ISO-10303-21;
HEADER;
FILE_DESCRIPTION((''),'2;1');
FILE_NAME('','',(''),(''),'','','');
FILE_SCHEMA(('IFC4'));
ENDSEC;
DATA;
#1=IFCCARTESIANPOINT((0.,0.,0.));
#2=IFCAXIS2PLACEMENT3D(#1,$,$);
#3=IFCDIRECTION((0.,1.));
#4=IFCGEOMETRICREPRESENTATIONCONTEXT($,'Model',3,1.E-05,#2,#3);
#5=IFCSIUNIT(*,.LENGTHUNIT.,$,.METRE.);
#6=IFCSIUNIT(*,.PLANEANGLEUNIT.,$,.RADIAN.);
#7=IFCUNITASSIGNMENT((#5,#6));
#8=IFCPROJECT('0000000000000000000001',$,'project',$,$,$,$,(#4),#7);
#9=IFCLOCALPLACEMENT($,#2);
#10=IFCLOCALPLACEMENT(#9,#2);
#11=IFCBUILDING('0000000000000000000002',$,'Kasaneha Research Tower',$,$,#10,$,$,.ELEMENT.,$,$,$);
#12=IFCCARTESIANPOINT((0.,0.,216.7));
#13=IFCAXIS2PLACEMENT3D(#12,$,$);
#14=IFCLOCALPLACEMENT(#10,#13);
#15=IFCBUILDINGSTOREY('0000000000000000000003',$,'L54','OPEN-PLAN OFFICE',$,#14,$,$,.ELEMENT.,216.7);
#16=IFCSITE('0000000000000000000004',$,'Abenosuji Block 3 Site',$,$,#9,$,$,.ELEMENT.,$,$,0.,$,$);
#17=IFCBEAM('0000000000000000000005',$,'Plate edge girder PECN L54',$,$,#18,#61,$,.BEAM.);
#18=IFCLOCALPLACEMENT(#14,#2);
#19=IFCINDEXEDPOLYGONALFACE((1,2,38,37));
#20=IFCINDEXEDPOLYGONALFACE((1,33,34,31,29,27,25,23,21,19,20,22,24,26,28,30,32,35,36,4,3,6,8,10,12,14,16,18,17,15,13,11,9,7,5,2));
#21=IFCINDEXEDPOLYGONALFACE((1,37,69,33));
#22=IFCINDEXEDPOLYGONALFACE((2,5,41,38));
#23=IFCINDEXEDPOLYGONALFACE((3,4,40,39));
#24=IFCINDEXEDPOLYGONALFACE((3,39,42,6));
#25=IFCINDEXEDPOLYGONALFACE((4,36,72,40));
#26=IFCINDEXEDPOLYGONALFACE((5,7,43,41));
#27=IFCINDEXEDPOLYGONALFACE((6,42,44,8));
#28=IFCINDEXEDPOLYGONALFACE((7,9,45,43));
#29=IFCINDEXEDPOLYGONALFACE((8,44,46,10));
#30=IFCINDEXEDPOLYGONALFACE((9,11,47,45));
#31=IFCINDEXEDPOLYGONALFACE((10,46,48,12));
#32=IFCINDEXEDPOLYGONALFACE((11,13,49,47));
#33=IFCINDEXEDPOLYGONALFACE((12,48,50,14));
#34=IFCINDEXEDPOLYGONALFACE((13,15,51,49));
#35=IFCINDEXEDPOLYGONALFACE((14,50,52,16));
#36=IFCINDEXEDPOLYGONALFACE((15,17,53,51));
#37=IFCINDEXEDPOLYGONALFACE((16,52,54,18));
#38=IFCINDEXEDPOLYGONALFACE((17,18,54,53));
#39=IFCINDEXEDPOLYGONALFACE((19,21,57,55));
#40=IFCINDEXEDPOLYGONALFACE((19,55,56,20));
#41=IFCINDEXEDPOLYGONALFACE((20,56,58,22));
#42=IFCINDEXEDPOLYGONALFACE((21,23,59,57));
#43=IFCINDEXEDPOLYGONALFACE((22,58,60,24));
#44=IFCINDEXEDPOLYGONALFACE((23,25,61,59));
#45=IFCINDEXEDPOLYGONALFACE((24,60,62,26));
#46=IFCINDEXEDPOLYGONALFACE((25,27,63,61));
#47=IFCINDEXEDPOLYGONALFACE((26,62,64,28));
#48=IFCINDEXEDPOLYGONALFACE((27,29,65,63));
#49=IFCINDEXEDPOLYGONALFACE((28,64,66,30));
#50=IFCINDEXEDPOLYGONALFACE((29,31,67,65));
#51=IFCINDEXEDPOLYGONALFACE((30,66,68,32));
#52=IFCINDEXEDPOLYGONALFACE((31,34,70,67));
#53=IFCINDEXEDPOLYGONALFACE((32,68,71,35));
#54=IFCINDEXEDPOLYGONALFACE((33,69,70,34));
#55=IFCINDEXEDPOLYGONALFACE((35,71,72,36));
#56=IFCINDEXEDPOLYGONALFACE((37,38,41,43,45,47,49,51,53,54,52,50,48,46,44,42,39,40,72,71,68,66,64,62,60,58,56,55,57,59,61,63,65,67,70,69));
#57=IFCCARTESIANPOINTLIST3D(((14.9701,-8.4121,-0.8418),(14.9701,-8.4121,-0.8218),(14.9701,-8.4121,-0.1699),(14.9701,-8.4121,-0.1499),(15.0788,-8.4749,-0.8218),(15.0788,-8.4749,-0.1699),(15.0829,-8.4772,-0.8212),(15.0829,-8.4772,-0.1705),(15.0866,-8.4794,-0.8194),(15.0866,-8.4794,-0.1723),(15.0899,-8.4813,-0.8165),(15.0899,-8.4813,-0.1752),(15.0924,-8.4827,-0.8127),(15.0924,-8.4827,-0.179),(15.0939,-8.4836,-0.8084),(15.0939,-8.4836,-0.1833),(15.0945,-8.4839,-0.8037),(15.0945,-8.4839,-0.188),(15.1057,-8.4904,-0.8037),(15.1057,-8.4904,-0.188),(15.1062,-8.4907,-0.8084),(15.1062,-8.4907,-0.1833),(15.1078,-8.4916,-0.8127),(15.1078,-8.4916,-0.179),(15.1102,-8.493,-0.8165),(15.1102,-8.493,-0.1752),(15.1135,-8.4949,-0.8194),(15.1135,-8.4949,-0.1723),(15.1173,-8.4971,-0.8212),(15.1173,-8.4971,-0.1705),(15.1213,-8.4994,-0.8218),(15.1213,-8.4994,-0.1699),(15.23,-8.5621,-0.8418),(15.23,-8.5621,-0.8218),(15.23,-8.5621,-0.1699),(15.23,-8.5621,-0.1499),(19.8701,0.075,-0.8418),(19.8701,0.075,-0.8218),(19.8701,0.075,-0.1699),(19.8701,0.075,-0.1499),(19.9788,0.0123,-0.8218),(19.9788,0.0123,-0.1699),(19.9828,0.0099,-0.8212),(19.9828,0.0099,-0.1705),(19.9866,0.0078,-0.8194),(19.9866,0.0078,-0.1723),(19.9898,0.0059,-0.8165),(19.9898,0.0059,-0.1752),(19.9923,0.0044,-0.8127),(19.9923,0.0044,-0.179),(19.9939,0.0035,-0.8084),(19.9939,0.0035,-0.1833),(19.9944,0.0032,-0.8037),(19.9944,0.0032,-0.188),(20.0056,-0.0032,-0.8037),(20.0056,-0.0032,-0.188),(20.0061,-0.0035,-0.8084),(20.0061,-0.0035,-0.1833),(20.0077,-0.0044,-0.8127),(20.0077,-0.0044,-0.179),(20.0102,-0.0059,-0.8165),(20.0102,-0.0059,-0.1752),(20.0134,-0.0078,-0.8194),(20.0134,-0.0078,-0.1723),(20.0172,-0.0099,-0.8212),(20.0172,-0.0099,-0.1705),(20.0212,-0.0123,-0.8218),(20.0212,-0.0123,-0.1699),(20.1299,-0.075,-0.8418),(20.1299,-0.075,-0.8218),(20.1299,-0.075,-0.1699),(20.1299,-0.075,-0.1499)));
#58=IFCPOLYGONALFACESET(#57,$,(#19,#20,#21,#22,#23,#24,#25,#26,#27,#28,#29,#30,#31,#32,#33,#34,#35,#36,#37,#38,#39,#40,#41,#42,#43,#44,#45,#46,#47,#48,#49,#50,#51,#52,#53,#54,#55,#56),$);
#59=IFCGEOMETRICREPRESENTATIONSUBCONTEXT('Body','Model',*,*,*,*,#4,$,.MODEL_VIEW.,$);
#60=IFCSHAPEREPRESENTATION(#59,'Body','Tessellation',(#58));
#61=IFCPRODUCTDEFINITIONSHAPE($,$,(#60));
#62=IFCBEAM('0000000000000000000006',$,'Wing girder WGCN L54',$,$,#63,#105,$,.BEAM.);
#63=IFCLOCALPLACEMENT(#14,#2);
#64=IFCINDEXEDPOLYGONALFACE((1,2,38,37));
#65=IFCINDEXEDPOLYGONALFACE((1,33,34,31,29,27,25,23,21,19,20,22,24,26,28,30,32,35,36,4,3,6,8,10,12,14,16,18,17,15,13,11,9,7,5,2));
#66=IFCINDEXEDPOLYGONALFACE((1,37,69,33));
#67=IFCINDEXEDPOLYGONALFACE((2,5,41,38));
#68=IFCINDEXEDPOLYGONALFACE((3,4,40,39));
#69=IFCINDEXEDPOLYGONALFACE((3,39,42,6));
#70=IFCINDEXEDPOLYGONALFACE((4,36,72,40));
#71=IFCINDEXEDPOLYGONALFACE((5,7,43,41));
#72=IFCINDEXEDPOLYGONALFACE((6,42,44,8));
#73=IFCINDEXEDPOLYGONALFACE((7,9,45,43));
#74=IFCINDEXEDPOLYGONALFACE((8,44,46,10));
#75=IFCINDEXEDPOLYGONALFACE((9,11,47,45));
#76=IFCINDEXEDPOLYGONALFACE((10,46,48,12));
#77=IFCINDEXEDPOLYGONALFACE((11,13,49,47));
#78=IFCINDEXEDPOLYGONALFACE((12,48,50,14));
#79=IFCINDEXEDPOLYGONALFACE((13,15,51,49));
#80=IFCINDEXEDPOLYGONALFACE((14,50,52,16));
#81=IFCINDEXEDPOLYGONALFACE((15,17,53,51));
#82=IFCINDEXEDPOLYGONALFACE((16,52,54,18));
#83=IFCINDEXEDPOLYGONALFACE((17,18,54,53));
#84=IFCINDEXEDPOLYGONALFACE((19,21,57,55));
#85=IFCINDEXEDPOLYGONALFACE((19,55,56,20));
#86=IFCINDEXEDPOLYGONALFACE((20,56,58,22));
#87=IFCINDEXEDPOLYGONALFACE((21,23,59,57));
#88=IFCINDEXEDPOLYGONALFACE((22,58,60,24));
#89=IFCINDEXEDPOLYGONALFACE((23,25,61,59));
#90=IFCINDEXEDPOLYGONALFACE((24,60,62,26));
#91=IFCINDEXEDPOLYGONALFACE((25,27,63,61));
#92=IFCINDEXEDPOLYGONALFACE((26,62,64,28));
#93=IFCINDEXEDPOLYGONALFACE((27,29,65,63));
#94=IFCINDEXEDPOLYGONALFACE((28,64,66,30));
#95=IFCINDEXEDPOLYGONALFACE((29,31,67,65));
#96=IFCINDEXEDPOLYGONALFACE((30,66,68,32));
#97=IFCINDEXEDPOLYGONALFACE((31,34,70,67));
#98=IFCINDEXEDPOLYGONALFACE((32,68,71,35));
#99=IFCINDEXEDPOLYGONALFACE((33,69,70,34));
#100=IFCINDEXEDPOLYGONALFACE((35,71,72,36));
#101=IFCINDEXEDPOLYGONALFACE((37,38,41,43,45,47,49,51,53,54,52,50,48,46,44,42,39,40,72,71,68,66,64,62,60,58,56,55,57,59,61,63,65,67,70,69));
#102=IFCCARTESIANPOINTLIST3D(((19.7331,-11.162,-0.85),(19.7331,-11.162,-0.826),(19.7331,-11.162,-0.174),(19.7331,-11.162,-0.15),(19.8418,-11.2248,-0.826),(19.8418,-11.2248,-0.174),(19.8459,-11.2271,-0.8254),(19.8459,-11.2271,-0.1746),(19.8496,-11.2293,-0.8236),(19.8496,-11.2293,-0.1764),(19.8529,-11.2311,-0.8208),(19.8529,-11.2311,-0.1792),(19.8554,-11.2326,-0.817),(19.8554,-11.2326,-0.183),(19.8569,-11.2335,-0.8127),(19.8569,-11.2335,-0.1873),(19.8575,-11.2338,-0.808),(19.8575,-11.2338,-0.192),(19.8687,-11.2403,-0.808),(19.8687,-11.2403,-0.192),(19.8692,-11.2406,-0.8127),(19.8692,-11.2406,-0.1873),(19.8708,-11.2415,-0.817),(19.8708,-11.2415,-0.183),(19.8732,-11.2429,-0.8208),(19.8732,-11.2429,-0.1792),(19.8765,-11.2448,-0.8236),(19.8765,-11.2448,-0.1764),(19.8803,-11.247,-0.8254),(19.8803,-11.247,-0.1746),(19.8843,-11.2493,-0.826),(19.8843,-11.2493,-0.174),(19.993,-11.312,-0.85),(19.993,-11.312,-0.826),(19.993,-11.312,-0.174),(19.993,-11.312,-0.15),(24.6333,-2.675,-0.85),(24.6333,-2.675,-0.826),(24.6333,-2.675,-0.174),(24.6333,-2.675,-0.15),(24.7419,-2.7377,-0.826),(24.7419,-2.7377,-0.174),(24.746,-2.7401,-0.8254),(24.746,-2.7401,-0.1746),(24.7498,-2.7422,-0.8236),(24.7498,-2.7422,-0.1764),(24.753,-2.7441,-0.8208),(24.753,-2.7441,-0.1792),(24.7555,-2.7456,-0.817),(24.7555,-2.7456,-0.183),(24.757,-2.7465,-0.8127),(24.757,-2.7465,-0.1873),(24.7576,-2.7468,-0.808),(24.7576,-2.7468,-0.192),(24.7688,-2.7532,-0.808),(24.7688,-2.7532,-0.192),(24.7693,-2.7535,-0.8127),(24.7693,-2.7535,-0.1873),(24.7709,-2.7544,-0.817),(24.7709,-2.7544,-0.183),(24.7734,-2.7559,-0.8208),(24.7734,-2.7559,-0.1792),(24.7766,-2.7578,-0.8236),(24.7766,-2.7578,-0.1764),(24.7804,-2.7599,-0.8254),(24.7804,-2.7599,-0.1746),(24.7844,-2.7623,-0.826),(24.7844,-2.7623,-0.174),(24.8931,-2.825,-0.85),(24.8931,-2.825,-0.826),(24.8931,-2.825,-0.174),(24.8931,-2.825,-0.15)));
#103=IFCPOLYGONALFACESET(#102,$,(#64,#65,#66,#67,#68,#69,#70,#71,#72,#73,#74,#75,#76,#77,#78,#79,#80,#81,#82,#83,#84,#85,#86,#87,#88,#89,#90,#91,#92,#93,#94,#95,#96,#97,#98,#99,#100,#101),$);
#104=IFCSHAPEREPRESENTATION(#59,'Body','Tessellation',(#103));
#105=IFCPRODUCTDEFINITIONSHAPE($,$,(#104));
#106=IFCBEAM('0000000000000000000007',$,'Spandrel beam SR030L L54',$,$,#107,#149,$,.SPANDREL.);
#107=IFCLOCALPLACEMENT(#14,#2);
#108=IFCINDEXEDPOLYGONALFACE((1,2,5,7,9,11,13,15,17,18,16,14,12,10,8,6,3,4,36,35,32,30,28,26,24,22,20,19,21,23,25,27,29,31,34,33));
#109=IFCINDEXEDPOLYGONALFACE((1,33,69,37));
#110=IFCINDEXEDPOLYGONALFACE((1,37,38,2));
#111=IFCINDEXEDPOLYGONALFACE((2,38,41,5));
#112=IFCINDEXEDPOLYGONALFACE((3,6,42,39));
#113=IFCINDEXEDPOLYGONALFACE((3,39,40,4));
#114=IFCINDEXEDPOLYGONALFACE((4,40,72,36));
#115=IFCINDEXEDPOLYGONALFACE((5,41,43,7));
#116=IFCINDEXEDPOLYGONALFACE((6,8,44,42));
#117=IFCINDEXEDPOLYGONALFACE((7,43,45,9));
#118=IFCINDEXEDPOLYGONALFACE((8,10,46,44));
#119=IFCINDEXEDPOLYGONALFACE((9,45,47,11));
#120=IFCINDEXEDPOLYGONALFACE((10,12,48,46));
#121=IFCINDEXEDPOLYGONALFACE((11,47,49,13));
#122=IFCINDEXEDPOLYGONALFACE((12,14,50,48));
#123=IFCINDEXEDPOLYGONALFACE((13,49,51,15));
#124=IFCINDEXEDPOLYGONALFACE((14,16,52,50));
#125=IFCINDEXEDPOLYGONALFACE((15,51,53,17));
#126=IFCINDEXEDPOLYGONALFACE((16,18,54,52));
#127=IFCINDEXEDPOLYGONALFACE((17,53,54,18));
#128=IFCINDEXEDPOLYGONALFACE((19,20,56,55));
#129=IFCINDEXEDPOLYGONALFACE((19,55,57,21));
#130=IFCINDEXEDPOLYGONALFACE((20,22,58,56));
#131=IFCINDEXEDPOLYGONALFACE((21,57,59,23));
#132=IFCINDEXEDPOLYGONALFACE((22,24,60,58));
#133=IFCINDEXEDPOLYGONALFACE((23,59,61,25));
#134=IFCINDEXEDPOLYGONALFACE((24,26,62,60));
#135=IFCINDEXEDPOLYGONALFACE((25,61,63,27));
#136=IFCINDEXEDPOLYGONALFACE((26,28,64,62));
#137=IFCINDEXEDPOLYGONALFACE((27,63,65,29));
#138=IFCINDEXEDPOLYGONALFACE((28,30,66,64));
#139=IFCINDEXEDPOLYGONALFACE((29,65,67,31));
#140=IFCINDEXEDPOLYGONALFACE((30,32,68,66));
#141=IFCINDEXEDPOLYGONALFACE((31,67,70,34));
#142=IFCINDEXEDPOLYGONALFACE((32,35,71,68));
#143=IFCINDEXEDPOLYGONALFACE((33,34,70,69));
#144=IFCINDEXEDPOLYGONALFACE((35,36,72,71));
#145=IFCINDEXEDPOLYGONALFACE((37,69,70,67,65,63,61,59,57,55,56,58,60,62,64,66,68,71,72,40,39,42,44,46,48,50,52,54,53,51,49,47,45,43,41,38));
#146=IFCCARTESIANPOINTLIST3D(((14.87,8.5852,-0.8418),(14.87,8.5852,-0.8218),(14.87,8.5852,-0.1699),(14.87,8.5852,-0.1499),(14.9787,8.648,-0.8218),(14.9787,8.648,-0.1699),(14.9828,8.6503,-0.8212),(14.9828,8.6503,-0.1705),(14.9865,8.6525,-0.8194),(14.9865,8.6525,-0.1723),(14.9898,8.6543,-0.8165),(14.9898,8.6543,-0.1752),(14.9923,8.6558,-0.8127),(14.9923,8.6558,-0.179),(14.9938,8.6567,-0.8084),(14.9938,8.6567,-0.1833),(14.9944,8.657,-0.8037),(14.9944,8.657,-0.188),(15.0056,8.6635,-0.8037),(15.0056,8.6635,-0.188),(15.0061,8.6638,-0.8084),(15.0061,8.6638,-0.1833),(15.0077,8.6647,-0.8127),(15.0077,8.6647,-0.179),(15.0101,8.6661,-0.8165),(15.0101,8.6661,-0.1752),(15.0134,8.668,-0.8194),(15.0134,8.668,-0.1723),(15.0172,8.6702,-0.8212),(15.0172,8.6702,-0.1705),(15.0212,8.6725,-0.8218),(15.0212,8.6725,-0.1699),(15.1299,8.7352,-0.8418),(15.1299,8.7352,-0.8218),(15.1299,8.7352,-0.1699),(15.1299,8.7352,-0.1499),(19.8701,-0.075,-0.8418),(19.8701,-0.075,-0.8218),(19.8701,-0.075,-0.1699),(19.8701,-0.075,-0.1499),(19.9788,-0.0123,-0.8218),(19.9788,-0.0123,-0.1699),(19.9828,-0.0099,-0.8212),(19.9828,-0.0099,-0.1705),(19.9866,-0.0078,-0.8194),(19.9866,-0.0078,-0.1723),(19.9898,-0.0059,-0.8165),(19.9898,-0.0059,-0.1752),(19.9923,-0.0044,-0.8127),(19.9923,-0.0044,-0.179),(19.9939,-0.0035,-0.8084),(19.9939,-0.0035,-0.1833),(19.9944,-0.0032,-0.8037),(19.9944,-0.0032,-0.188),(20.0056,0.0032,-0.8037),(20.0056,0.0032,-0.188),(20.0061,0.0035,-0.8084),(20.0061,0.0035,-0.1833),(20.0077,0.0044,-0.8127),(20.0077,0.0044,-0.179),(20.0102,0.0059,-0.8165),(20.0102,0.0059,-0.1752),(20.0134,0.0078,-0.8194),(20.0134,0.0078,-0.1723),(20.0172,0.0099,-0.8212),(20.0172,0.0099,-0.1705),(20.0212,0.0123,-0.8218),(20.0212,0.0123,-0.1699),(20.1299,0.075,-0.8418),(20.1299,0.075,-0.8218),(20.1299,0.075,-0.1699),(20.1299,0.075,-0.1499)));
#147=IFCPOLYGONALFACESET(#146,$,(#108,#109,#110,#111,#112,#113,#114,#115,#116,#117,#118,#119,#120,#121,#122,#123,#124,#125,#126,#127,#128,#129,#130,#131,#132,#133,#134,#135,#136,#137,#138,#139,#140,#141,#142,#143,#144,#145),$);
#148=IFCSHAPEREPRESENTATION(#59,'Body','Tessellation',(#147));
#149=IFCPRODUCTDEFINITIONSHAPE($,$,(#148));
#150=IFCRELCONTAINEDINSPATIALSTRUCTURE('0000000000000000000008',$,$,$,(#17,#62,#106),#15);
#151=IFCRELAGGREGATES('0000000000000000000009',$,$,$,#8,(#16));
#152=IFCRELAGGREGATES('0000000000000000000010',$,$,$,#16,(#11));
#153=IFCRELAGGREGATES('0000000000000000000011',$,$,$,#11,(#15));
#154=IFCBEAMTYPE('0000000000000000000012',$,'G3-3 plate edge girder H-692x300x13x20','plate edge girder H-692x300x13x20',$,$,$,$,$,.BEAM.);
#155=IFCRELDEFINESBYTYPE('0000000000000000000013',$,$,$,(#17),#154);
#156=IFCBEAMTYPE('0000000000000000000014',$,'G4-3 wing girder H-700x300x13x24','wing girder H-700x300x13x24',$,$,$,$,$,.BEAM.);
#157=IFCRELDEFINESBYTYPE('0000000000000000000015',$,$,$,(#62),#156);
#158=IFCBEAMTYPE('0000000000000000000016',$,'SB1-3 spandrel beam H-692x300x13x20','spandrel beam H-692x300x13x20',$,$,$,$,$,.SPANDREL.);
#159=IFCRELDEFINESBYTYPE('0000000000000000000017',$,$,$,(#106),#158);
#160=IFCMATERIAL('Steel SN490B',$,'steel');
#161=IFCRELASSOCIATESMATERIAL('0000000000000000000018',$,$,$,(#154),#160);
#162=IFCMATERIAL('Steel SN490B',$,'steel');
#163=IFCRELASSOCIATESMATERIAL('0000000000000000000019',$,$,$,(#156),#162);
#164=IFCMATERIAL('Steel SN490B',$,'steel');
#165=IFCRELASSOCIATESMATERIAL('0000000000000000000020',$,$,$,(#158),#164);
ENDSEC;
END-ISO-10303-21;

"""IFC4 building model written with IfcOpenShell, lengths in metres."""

from ifc_helpers import new_model, si_unit, direction, frame, origin, origin_2d, place, context, subcontext, project, spatial, i_section, extrude, material, material_profile, profile_set, type_object, element, save


model = new_model("IFC4")

# Units and contexts
model_context = context("Model", 3, precision=1e-05, world=origin(), true_north=direction((0.0, 1.0)))
body_context = subcontext(model_context, "Body", "Model", "MODEL_VIEW")
ifc_project = project(units=[si_unit("LENGTHUNIT", "METRE"), si_unit("PLANEANGLEUNIT", "RADIAN")], contexts=[model_context])

# Site, building, storey
site_placement = place(None, origin())
site = spatial("IfcSite", under=ifc_project, at=site_placement, Name="Abenosuji Block 3 Site", CompositionType="ELEMENT", RefElevation=0.0)
building_placement = place(site_placement, origin())
building = spatial("IfcBuilding", under=site, at=building_placement, Name="Kasaneha Research Tower", CompositionType="ELEMENT")
storey_placement = place(building_placement, frame((0.0, 0.0, 216.7)))
storey = spatial("IfcBuildingStorey", under=building, at=storey_placement, Name="L54", Description="OPEN-PLAN OFFICE", CompositionType="ELEMENT", Elevation=216.7)

# Beams
ifc_material_1 = material(Name="Steel SN490B", Category="steel")
ifc_material_profile_1 = material_profile(ifc_material_1, i_section(OverallWidth=0.3, OverallDepth=0.6919, WebThickness=0.0129, FlangeThickness=0.02, FilletRadius=0.0181, at=origin_2d()), Name="H-692x300x13x20")
ifc_profile_set_1 = profile_set([ifc_material_profile_1], Name="Steel SN490B")
beam_type_1 = type_object("IfcBeamType", Name="G3-3 plate edge girder H-692x300x13x20", Description="plate edge girder H-692x300x13x20", PredefinedType="BEAM", material=ifc_profile_set_1)
beam_1_placement = place(storey_placement, frame((20.0, 0.0, -0.4958), z_axis=(-0.499992, -0.86603, 0.0), x_axis=(0.86603, -0.499992, 0.0)))
element("IfcBeam", 1, at=beam_1_placement, inside=storey, type_object=beam_type_1, Name="Plate edge girder PECN L54", PredefinedType="BEAM", context=body_context, shape_type="SweptSolid", body=[
    extrude(i_section(OverallWidth=0.3, OverallDepth=0.6919, WebThickness=0.0129, FlangeThickness=0.02, FilletRadius=0.0181, at=origin_2d()), origin(), (0.0, 0.0, 1.0), 9.8),
])
ifc_material_2 = material(Name="Steel SN490B", Category="steel")
ifc_material_profile_2 = material_profile(ifc_material_2, i_section(OverallWidth=0.3, OverallDepth=0.7, WebThickness=0.0129, FlangeThickness=0.0239, FilletRadius=0.0181, at=origin_2d()), Name="H-700x300x13x24")
ifc_profile_set_2 = profile_set([ifc_material_profile_2], Name="Steel SN490B")
beam_type_2 = type_object("IfcBeamType", Name="G4-3 wing girder H-700x300x13x24", Description="wing girder H-700x300x13x24", PredefinedType="BEAM", material=ifc_profile_set_2)
beam_2_placement = place(storey_placement, frame((24.7632, -2.75, -0.5), z_axis=(-0.500011, -0.866019, 0.0), x_axis=(0.866019, -0.500011, 0.0)))
element("IfcBeam", 2, at=beam_2_placement, inside=storey, type_object=beam_type_2, Name="Wing girder WGCN L54", PredefinedType="BEAM", context=body_context, shape_type="SweptSolid", body=[
    extrude(i_section(OverallWidth=0.3, OverallDepth=0.7, WebThickness=0.0129, FlangeThickness=0.0239, FilletRadius=0.0181, at=origin_2d()), origin(), (0.0, 0.0, 1.0), 9.8),
])
ifc_material_3 = material(Name="Steel SN490B", Category="steel")
ifc_material_profile_3 = material_profile(ifc_material_3, i_section(OverallWidth=0.3, OverallDepth=0.6919, WebThickness=0.0129, FlangeThickness=0.02, FilletRadius=0.0181, at=origin_2d()), Name="H-692x300x13x20")
ifc_profile_set_3 = profile_set([ifc_material_profile_3], Name="Steel SN490B")
beam_type_3 = type_object("IfcBeamType", Name="SB1-3 spandrel beam H-692x300x13x20", Description="spandrel beam H-692x300x13x20", PredefinedType="SPANDREL", material=ifc_profile_set_3)
beam_3_placement = place(storey_placement, frame((20.0, 0.0, -0.4958), z_axis=(-0.500004, 0.866023, 0.0), x_axis=(-0.866023, -0.500004, 0.0)))
element("IfcBeam", 3, at=beam_3_placement, inside=storey, type_object=beam_type_3, Name="Spandrel beam SR030L L54", PredefinedType="SPANDREL", context=body_context, shape_type="SweptSolid", body=[
    extrude(i_section(OverallWidth=0.3, OverallDepth=0.6919, WebThickness=0.0129, FlangeThickness=0.02, FilletRadius=0.0181, at=origin_2d()), origin(), (0.0, 0.0, 1.0), 10.0),
])

save(model, "model.ifc")
